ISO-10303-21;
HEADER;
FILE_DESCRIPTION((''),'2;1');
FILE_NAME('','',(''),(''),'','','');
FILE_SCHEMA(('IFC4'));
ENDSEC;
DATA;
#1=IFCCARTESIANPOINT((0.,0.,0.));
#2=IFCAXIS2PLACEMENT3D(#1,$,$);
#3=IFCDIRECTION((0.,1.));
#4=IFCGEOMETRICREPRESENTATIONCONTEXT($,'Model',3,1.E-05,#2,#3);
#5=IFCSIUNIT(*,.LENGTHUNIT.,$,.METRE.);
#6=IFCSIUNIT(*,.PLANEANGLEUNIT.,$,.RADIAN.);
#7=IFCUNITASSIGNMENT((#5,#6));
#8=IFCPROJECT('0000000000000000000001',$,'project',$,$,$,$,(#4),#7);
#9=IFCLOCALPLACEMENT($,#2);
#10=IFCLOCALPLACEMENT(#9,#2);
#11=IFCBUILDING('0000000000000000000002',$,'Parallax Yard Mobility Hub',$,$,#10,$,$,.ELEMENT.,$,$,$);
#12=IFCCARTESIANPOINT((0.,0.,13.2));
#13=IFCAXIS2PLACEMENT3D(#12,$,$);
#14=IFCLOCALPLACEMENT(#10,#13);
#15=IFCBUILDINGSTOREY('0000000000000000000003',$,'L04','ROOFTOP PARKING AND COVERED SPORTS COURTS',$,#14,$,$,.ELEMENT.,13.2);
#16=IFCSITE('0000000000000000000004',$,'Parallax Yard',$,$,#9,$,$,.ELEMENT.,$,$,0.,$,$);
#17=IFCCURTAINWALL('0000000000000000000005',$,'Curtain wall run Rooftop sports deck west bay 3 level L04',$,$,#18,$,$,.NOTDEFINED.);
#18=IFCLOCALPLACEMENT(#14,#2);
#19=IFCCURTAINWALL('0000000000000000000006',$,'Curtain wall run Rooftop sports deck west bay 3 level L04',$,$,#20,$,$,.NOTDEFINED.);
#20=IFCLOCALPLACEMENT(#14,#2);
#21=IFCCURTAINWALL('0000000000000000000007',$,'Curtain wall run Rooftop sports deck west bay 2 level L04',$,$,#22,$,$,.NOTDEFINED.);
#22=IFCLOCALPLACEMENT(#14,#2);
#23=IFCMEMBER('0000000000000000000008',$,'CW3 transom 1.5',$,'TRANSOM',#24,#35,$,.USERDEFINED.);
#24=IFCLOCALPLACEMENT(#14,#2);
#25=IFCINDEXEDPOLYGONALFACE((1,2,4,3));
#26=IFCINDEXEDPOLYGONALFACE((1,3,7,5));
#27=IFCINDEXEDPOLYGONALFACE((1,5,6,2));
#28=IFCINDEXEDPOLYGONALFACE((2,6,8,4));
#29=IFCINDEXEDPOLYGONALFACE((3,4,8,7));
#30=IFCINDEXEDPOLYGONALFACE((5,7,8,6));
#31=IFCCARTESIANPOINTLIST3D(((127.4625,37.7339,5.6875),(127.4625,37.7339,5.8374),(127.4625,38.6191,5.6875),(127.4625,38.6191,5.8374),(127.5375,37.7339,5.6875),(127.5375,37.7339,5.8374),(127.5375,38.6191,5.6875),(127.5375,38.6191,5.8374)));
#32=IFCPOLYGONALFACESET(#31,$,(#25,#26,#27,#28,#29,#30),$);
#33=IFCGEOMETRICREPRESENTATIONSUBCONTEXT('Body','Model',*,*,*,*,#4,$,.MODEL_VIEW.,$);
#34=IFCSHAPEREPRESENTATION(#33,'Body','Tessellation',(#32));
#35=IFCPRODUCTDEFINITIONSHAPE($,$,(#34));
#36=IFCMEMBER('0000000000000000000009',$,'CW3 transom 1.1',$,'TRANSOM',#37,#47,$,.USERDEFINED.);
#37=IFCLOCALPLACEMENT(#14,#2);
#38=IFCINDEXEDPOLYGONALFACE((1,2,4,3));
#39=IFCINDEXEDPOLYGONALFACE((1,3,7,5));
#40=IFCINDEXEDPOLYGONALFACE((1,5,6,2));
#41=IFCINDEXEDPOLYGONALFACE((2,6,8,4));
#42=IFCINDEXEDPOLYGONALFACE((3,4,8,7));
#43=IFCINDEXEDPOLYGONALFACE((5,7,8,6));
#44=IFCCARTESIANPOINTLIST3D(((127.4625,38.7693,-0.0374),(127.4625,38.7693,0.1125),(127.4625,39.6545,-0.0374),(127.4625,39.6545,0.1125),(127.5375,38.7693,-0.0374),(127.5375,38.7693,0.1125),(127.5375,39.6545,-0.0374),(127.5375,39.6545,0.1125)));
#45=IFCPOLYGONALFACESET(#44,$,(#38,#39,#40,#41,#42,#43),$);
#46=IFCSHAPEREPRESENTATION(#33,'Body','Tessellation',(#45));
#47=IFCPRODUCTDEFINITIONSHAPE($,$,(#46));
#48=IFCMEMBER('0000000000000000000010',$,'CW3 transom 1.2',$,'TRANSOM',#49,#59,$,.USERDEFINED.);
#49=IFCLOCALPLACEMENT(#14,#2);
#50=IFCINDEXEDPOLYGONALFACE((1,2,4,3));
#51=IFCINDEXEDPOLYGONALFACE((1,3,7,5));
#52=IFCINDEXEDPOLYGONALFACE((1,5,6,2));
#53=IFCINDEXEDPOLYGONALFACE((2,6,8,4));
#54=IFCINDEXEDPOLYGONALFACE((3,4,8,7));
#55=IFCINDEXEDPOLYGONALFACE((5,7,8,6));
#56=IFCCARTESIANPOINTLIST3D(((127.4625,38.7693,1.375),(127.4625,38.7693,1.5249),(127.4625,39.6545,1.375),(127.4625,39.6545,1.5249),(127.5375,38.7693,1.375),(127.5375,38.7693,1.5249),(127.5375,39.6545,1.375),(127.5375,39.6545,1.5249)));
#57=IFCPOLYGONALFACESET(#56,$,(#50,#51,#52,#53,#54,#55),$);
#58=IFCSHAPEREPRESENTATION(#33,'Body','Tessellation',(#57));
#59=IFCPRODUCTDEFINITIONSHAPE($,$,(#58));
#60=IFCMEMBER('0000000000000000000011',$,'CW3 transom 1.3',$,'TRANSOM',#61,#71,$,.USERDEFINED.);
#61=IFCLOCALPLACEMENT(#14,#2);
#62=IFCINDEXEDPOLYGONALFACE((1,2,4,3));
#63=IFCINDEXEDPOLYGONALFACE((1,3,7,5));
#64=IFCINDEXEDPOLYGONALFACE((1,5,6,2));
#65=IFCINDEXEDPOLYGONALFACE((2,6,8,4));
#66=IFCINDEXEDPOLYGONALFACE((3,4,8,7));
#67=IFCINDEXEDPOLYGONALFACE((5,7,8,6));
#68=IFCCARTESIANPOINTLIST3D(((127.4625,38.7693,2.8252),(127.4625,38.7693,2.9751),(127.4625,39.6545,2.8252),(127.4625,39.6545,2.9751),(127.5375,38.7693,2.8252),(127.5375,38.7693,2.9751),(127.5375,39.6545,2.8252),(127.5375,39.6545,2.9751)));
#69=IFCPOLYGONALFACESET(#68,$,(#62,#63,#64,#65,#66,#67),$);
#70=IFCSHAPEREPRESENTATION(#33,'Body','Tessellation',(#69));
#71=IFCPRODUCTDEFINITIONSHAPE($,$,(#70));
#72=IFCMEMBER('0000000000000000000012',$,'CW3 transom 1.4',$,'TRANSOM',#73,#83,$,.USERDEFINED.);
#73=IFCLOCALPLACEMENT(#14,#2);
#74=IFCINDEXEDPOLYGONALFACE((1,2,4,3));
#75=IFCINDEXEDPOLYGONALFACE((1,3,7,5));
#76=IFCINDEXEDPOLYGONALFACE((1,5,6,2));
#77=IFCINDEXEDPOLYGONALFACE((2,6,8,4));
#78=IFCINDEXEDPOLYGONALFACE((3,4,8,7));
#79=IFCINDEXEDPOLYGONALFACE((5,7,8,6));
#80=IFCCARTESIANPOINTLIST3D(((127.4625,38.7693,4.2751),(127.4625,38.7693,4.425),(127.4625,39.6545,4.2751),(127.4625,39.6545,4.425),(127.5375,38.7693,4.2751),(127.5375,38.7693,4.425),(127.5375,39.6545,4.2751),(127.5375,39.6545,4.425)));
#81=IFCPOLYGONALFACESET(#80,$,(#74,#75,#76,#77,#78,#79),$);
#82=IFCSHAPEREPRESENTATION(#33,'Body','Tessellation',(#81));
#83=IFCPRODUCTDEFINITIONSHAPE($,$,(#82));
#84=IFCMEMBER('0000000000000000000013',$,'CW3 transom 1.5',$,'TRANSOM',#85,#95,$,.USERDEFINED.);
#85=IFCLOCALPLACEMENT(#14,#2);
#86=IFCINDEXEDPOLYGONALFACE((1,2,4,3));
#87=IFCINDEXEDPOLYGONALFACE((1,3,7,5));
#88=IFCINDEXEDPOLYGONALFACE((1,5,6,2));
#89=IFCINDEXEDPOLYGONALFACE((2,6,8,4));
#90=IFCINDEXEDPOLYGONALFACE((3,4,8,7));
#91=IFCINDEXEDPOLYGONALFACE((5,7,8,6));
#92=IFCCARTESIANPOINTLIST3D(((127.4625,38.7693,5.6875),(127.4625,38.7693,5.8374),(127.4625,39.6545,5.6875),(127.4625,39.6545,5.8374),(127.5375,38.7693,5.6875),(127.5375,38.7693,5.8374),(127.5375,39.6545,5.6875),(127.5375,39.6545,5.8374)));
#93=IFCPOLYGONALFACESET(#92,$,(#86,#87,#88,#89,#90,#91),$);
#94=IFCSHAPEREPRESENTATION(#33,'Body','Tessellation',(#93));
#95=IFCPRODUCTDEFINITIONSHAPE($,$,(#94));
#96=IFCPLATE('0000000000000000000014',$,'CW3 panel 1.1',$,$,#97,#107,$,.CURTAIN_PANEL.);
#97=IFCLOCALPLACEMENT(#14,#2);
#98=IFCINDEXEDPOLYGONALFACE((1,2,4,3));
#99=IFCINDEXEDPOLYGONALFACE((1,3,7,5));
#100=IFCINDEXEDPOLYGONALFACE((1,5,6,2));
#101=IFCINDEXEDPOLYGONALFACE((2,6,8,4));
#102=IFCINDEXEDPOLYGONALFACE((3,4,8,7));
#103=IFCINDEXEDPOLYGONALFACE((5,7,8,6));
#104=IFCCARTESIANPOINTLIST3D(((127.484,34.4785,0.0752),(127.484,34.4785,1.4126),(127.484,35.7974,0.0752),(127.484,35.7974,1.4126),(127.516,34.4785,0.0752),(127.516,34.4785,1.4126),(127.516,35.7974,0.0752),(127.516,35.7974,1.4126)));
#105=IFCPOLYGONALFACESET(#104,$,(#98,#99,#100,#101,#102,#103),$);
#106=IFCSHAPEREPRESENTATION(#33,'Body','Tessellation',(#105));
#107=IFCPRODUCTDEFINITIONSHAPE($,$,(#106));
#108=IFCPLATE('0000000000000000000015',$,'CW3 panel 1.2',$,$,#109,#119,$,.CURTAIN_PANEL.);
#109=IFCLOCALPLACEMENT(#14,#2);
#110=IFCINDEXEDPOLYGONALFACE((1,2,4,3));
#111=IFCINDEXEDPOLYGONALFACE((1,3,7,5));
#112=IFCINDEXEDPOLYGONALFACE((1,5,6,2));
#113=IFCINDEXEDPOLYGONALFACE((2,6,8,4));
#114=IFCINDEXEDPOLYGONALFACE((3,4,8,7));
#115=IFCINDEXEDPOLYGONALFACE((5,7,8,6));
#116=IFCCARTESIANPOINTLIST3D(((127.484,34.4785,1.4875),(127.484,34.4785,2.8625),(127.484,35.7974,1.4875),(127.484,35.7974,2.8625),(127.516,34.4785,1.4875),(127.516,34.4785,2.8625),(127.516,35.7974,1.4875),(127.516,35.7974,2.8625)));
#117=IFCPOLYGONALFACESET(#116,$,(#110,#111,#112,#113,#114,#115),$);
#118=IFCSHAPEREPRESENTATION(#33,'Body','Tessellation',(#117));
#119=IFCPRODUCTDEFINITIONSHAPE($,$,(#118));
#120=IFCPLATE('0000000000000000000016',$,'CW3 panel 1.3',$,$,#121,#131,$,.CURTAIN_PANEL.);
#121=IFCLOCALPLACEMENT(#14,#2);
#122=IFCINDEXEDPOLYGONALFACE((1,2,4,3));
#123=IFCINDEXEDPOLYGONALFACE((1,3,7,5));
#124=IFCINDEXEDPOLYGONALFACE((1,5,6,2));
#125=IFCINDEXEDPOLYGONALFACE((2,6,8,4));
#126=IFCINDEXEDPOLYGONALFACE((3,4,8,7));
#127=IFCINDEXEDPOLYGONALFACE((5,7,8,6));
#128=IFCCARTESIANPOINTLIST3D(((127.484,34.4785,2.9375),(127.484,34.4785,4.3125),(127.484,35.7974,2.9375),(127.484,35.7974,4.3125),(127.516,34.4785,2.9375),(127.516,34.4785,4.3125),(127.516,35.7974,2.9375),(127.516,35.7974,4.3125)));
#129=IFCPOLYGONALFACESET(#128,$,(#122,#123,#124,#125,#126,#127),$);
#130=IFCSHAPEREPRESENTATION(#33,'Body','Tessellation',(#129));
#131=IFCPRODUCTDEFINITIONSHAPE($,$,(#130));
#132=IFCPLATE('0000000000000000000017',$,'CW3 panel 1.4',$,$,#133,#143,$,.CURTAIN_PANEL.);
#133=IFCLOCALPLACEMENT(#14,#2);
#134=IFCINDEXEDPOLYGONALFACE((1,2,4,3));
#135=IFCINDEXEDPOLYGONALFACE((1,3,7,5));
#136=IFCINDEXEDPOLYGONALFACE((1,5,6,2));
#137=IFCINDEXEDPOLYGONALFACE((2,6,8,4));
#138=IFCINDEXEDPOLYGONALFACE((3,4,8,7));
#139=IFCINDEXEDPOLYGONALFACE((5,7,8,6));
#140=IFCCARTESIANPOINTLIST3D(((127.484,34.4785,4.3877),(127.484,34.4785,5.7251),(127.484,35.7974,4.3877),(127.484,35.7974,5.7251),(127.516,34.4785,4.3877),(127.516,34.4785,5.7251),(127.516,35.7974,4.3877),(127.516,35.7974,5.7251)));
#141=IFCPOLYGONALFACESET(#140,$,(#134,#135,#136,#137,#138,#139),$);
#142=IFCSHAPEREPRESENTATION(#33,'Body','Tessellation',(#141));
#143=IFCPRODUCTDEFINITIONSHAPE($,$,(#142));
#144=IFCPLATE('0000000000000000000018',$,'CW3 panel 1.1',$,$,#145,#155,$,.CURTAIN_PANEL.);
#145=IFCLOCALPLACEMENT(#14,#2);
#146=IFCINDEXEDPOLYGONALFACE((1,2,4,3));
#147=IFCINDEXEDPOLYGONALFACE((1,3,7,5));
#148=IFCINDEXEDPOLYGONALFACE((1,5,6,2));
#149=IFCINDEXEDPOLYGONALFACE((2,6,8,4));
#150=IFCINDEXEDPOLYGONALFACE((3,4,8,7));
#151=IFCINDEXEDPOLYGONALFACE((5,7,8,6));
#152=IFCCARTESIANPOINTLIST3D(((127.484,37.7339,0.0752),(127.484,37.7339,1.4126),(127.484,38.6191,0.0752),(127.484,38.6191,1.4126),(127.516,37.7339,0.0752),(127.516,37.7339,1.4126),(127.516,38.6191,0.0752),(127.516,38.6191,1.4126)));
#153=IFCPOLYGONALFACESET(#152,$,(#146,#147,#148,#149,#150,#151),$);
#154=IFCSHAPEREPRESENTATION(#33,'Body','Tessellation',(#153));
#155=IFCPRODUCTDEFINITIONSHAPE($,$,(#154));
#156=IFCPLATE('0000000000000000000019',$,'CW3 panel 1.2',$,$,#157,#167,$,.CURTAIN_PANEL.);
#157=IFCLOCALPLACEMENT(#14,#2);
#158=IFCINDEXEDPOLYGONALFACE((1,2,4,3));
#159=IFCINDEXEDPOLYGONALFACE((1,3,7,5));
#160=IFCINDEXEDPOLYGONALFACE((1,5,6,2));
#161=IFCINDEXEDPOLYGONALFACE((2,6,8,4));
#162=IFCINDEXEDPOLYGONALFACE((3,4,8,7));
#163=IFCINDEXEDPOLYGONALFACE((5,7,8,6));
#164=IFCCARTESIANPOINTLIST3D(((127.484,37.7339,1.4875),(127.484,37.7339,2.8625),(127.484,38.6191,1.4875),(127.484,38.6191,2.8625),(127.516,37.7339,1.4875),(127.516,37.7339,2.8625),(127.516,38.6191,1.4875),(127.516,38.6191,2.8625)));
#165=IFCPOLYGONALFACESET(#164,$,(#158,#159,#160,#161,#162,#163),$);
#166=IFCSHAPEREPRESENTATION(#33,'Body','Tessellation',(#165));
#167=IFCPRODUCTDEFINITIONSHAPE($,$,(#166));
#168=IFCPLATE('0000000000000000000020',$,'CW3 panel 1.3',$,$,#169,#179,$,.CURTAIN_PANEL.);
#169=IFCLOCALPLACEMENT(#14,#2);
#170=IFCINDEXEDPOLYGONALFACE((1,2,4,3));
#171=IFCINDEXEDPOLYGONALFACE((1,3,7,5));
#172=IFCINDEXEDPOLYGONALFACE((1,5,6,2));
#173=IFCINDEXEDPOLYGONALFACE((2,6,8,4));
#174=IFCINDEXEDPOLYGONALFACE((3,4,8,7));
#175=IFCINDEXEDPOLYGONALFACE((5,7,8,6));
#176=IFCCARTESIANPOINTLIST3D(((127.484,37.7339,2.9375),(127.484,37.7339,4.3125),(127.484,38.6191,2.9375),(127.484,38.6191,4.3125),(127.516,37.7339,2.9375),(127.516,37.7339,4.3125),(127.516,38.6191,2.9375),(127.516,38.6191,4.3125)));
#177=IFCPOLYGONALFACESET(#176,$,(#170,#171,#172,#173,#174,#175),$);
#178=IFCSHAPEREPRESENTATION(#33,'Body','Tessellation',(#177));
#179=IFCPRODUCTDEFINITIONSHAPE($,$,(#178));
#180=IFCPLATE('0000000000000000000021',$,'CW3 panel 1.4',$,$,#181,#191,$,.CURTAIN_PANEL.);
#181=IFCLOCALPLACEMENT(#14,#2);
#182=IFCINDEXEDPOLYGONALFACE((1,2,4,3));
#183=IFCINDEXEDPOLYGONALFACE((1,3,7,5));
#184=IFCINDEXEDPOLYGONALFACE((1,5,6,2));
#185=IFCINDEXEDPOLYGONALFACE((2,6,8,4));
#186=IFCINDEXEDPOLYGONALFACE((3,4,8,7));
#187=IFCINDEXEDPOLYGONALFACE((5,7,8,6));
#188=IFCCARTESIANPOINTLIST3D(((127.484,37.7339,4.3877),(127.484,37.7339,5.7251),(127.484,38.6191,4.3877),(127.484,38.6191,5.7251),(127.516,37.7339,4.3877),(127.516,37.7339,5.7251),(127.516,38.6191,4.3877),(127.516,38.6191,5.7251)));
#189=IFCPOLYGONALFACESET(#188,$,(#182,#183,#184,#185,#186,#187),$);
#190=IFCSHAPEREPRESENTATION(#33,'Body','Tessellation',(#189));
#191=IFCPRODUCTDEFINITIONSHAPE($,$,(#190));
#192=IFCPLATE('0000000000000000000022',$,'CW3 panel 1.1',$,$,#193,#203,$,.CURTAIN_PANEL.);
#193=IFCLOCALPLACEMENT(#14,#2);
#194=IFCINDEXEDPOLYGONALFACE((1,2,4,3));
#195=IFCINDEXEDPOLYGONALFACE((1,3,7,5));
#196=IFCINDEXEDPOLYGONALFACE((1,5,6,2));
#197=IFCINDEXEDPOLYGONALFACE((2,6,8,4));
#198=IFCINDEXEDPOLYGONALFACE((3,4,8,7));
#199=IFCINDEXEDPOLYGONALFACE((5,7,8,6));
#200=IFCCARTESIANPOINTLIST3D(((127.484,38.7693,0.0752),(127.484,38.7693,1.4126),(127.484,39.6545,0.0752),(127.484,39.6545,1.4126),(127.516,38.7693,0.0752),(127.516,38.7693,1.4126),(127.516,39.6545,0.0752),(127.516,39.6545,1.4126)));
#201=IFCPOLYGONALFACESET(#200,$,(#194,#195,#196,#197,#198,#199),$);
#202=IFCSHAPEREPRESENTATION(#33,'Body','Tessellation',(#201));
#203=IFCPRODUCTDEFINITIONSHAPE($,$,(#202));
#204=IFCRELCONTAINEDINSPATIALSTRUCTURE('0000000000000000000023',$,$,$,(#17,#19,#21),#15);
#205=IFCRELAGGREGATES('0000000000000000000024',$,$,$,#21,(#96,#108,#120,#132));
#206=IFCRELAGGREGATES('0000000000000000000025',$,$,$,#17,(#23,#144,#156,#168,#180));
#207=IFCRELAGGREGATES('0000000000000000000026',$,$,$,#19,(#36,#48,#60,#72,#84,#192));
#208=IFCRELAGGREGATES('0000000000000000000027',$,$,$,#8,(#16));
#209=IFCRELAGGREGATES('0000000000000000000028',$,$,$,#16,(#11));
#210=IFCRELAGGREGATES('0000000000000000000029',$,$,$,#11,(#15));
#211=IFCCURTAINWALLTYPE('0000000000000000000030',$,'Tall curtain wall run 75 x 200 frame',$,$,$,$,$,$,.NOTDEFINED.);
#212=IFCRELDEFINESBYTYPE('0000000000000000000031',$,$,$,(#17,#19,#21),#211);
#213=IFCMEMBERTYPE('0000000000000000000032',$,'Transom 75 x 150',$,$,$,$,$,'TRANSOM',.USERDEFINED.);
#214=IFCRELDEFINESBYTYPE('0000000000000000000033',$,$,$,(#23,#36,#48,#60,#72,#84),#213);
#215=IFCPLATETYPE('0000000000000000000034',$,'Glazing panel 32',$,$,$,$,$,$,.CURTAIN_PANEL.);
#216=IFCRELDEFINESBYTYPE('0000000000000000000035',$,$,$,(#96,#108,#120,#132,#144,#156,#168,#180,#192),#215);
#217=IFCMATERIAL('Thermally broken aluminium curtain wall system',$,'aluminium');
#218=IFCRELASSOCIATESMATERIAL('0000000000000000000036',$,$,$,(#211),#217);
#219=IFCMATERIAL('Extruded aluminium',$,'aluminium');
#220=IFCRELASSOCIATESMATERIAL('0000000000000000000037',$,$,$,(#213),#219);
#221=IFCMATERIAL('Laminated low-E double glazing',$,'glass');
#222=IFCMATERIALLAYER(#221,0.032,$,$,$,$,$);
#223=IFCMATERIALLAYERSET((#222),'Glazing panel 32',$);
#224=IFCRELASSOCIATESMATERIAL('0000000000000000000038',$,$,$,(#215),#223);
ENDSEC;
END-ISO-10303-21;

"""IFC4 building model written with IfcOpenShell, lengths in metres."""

from ifc_helpers import new_model, si_unit, direction, frame, origin, origin_2d, place, context, subcontext, project, spatial, rectangle, extrude, material, layer, layer_set, material_profile, profile_set, type_object, element, aggregate, save


model = new_model("IFC4")

# Units and contexts
model_context = context("Model", 3, precision=1e-05, world=origin(), true_north=direction((0.0, 1.0)))
body_context = subcontext(model_context, "Body", "Model", "MODEL_VIEW")
ifc_project = project(units=[si_unit("LENGTHUNIT", "METRE"), si_unit("PLANEANGLEUNIT", "RADIAN")], contexts=[model_context])

# Site, building, storey
site_placement = place(None, origin())
site = spatial("IfcSite", under=ifc_project, at=site_placement, Name="Parallax Yard", CompositionType="ELEMENT", RefElevation=0.0)
building_placement = place(site_placement, origin())
building = spatial("IfcBuilding", under=site, at=building_placement, Name="Parallax Yard Mobility Hub", CompositionType="ELEMENT")
storey_placement = place(building_placement, frame((0.0, 0.0, 13.2)))
storey = spatial("IfcBuildingStorey", under=building, at=storey_placement, Name="L04", Description="ROOFTOP PARKING AND COVERED SPORTS COURTS", CompositionType="ELEMENT", Elevation=13.2)

# Shared definitions
ifc_material_1 = material(Name="Thermally broken aluminium curtain wall system", Category="aluminium")
ifc_material_2 = material(Name="Extruded aluminium", Category="aluminium")

# Curtain walls
curtain_wall_type_1 = type_object("IfcCurtainWallType", Name="Tall curtain wall run 75 x 200 frame", PredefinedType="NOTDEFINED", material=ifc_material_1)
curtain_wall_1_placement = place(storey_placement, origin())
curtain_wall_1 = element("IfcCurtainWall", 1, at=curtain_wall_1_placement, inside=storey, type_object=curtain_wall_type_1, Name="Curtain wall run Rooftop sports deck west bay 3 level L04", PredefinedType="NOTDEFINED")
curtain_wall_2_placement = place(storey_placement, origin())
curtain_wall_2 = element("IfcCurtainWall", 2, at=curtain_wall_2_placement, inside=storey, type_object=curtain_wall_type_1, Name="Curtain wall run Rooftop sports deck west bay 3 level L04", PredefinedType="NOTDEFINED")
curtain_wall_3_placement = place(storey_placement, origin())
curtain_wall_3 = element("IfcCurtainWall", 3, at=curtain_wall_3_placement, inside=storey, type_object=curtain_wall_type_1, Name="Curtain wall run Rooftop sports deck west bay 2 level L04", PredefinedType="NOTDEFINED")
ifc_material_profile_1 = material_profile(ifc_material_2, rectangle(XDim=0.075, YDim=0.1499, at=origin_2d()), Name="Transom 75 x 150")
ifc_profile_set_1 = profile_set([ifc_material_profile_1], Name="Extruded aluminium")
member_type_1 = type_object("IfcMemberType", Name="Transom 75 x 150", ElementType="TRANSOM", PredefinedType="USERDEFINED", material=ifc_profile_set_1)

# Members
member_1_placement = place(storey_placement, frame((127.5, 37.7339, 5.7625), z_axis=(0.0, 1.0, 0.0), x_axis=(-1.0, 0.0, 0.0)))
member_1 = element("IfcMember", 4, at=member_1_placement, type_object=member_type_1, Name="CW3 transom 1.5", ObjectType="TRANSOM", PredefinedType="USERDEFINED", context=body_context, shape_type="SweptSolid", body=[
    extrude(rectangle(XDim=0.075, YDim=0.1499, at=origin_2d()), origin(), (0.0, 0.0, 1.0), 0.8853),
])
member_2_placement = place(storey_placement, frame((127.5, 38.7693, 0.0376), z_axis=(0.0, 1.0, 0.0), x_axis=(-1.0, 0.0, 0.0)))
member_2 = element("IfcMember", 5, at=member_2_placement, type_object=member_type_1, Name="CW3 transom 1.1", ObjectType="TRANSOM", PredefinedType="USERDEFINED", context=body_context, shape_type="SweptSolid", body=[
    extrude(rectangle(XDim=0.075, YDim=0.1499, at=origin_2d()), origin(), (0.0, 0.0, 1.0), 0.8853),
])
member_3_placement = place(storey_placement, frame((127.5, 38.7693, 1.45), z_axis=(0.0, 1.0, 0.0), x_axis=(-1.0, 0.0, 0.0)))
member_3 = element("IfcMember", 6, at=member_3_placement, type_object=member_type_1, Name="CW3 transom 1.2", ObjectType="TRANSOM", PredefinedType="USERDEFINED", context=body_context, shape_type="SweptSolid", body=[
    extrude(rectangle(XDim=0.075, YDim=0.1499, at=origin_2d()), origin(), (0.0, 0.0, 1.0), 0.8853),
])
member_4_placement = place(storey_placement, frame((127.5, 38.7693, 2.9001), z_axis=(0.0, 1.0, 0.0), x_axis=(-1.0, 0.0, 0.0)))
member_4 = element("IfcMember", 7, at=member_4_placement, type_object=member_type_1, Name="CW3 transom 1.3", ObjectType="TRANSOM", PredefinedType="USERDEFINED", context=body_context, shape_type="SweptSolid", body=[
    extrude(rectangle(XDim=0.075, YDim=0.1499, at=origin_2d()), origin(), (0.0, 0.0, 1.0), 0.8853),
])
member_5_placement = place(storey_placement, frame((127.5, 38.7693, 4.3501), z_axis=(0.0, 1.0, 0.0), x_axis=(-1.0, 0.0, 0.0)))
member_5 = element("IfcMember", 8, at=member_5_placement, type_object=member_type_1, Name="CW3 transom 1.4", ObjectType="TRANSOM", PredefinedType="USERDEFINED", context=body_context, shape_type="SweptSolid", body=[
    extrude(rectangle(XDim=0.075, YDim=0.1499, at=origin_2d()), origin(), (0.0, 0.0, 1.0), 0.8853),
])
member_6_placement = place(storey_placement, frame((127.5, 38.7693, 5.7625), z_axis=(0.0, 1.0, 0.0), x_axis=(-1.0, 0.0, 0.0)))
member_6 = element("IfcMember", 9, at=member_6_placement, type_object=member_type_1, Name="CW3 transom 1.5", ObjectType="TRANSOM", PredefinedType="USERDEFINED", context=body_context, shape_type="SweptSolid", body=[
    extrude(rectangle(XDim=0.075, YDim=0.1499, at=origin_2d()), origin(), (0.0, 0.0, 1.0), 0.8853),
])

# Plates
ifc_material_3 = material(Name="Laminated low-E double glazing", Category="glass")
ifc_layer_1 = layer(ifc_material_3, 0.032)
ifc_layer_set_1 = layer_set([ifc_layer_1], Name="Glazing panel 32")
plate_type = type_object("IfcPlateType", Name="Glazing panel 32", PredefinedType="CURTAIN_PANEL", material=ifc_layer_set_1)
plate_1_placement = place(storey_placement, frame((127.5, 35.1379, 0.0752), z_axis=(0.0, 0.0, 1.0), x_axis=(0.0, 1.0, 0.0)))
plate_1 = element("IfcPlate", 10, at=plate_1_placement, type_object=plate_type, Name="CW3 panel 1.1", PredefinedType="CURTAIN_PANEL", context=body_context, shape_type="SweptSolid", body=[
    extrude(rectangle(XDim=1.3188, YDim=0.032, at=origin_2d()), origin(), (0.0, 0.0, 1.0), 1.3374),
])
plate_2_placement = place(storey_placement, frame((127.5, 35.1379, 1.4875), z_axis=(0.0, 0.0, 1.0), x_axis=(0.0, 1.0, 0.0)))
plate_2 = element("IfcPlate", 11, at=plate_2_placement, type_object=plate_type, Name="CW3 panel 1.2", PredefinedType="CURTAIN_PANEL", context=body_context, shape_type="SweptSolid", body=[
    extrude(rectangle(XDim=1.3188, YDim=0.032, at=origin_2d()), origin(), (0.0, 0.0, 1.0), 1.375),
])
plate_3_placement = place(storey_placement, frame((127.5, 35.1379, 2.9375), z_axis=(0.0, 0.0, 1.0), x_axis=(0.0, 1.0, 0.0)))
plate_3 = element("IfcPlate", 12, at=plate_3_placement, type_object=plate_type, Name="CW3 panel 1.3", PredefinedType="CURTAIN_PANEL", context=body_context, shape_type="SweptSolid", body=[
    extrude(rectangle(XDim=1.3188, YDim=0.032, at=origin_2d()), origin(), (0.0, 0.0, 1.0), 1.375),
])
plate_4_placement = place(storey_placement, frame((127.5, 35.1379, 4.3877), z_axis=(0.0, 0.0, 1.0), x_axis=(0.0, 1.0, 0.0)))
plate_4 = element("IfcPlate", 13, at=plate_4_placement, type_object=plate_type, Name="CW3 panel 1.4", PredefinedType="CURTAIN_PANEL", context=body_context, shape_type="SweptSolid", body=[
    extrude(rectangle(XDim=1.3188, YDim=0.032, at=origin_2d()), origin(), (0.0, 0.0, 1.0), 1.3374),
])
aggregate(curtain_wall_3, [plate_1, plate_2, plate_3, plate_4])
plate_5_placement = place(storey_placement, frame((127.5, 38.1765, 0.0752), z_axis=(0.0, 0.0, 1.0), x_axis=(0.0, 1.0, 0.0)))
plate_5 = element("IfcPlate", 14, at=plate_5_placement, type_object=plate_type, Name="CW3 panel 1.1", PredefinedType="CURTAIN_PANEL", context=body_context, shape_type="SweptSolid", body=[
    extrude(rectangle(XDim=0.8853, YDim=0.032, at=origin_2d()), origin(), (0.0, 0.0, 1.0), 1.3374),
])
plate_6_placement = place(storey_placement, frame((127.5, 38.1765, 1.4875), z_axis=(0.0, 0.0, 1.0), x_axis=(0.0, 1.0, 0.0)))
plate_6 = element("IfcPlate", 15, at=plate_6_placement, type_object=plate_type, Name="CW3 panel 1.2", PredefinedType="CURTAIN_PANEL", context=body_context, shape_type="SweptSolid", body=[
    extrude(rectangle(XDim=0.8853, YDim=0.032, at=origin_2d()), origin(), (0.0, 0.0, 1.0), 1.375),
])
plate_7_placement = place(storey_placement, frame((127.5, 38.1765, 2.9375), z_axis=(0.0, 0.0, 1.0), x_axis=(0.0, 1.0, 0.0)))
plate_7 = element("IfcPlate", 16, at=plate_7_placement, type_object=plate_type, Name="CW3 panel 1.3", PredefinedType="CURTAIN_PANEL", context=body_context, shape_type="SweptSolid", body=[
    extrude(rectangle(XDim=0.8853, YDim=0.032, at=origin_2d()), origin(), (0.0, 0.0, 1.0), 1.375),
])
plate_8_placement = place(storey_placement, frame((127.5, 38.1765, 4.3877), z_axis=(0.0, 0.0, 1.0), x_axis=(0.0, 1.0, 0.0)))
plate_8 = element("IfcPlate", 17, at=plate_8_placement, type_object=plate_type, Name="CW3 panel 1.4", PredefinedType="CURTAIN_PANEL", context=body_context, shape_type="SweptSolid", body=[
    extrude(rectangle(XDim=0.8853, YDim=0.032, at=origin_2d()), origin(), (0.0, 0.0, 1.0), 1.3374),
])
aggregate(curtain_wall_1, [member_1, plate_5, plate_6, plate_7, plate_8])
plate_9_placement = place(storey_placement, frame((127.5, 39.2119, 0.0752), z_axis=(0.0, 0.0, 1.0), x_axis=(0.0, 1.0, 0.0)))
plate_9 = element("IfcPlate", 18, at=plate_9_placement, type_object=plate_type, Name="CW3 panel 1.1", PredefinedType="CURTAIN_PANEL", context=body_context, shape_type="SweptSolid", body=[
    extrude(rectangle(XDim=0.8853, YDim=0.032, at=origin_2d()), origin(), (0.0, 0.0, 1.0), 1.3374),
])
aggregate(curtain_wall_2, [member_2, member_3, member_4, member_5, member_6, plate_9])

save(model, "model.ifc")
